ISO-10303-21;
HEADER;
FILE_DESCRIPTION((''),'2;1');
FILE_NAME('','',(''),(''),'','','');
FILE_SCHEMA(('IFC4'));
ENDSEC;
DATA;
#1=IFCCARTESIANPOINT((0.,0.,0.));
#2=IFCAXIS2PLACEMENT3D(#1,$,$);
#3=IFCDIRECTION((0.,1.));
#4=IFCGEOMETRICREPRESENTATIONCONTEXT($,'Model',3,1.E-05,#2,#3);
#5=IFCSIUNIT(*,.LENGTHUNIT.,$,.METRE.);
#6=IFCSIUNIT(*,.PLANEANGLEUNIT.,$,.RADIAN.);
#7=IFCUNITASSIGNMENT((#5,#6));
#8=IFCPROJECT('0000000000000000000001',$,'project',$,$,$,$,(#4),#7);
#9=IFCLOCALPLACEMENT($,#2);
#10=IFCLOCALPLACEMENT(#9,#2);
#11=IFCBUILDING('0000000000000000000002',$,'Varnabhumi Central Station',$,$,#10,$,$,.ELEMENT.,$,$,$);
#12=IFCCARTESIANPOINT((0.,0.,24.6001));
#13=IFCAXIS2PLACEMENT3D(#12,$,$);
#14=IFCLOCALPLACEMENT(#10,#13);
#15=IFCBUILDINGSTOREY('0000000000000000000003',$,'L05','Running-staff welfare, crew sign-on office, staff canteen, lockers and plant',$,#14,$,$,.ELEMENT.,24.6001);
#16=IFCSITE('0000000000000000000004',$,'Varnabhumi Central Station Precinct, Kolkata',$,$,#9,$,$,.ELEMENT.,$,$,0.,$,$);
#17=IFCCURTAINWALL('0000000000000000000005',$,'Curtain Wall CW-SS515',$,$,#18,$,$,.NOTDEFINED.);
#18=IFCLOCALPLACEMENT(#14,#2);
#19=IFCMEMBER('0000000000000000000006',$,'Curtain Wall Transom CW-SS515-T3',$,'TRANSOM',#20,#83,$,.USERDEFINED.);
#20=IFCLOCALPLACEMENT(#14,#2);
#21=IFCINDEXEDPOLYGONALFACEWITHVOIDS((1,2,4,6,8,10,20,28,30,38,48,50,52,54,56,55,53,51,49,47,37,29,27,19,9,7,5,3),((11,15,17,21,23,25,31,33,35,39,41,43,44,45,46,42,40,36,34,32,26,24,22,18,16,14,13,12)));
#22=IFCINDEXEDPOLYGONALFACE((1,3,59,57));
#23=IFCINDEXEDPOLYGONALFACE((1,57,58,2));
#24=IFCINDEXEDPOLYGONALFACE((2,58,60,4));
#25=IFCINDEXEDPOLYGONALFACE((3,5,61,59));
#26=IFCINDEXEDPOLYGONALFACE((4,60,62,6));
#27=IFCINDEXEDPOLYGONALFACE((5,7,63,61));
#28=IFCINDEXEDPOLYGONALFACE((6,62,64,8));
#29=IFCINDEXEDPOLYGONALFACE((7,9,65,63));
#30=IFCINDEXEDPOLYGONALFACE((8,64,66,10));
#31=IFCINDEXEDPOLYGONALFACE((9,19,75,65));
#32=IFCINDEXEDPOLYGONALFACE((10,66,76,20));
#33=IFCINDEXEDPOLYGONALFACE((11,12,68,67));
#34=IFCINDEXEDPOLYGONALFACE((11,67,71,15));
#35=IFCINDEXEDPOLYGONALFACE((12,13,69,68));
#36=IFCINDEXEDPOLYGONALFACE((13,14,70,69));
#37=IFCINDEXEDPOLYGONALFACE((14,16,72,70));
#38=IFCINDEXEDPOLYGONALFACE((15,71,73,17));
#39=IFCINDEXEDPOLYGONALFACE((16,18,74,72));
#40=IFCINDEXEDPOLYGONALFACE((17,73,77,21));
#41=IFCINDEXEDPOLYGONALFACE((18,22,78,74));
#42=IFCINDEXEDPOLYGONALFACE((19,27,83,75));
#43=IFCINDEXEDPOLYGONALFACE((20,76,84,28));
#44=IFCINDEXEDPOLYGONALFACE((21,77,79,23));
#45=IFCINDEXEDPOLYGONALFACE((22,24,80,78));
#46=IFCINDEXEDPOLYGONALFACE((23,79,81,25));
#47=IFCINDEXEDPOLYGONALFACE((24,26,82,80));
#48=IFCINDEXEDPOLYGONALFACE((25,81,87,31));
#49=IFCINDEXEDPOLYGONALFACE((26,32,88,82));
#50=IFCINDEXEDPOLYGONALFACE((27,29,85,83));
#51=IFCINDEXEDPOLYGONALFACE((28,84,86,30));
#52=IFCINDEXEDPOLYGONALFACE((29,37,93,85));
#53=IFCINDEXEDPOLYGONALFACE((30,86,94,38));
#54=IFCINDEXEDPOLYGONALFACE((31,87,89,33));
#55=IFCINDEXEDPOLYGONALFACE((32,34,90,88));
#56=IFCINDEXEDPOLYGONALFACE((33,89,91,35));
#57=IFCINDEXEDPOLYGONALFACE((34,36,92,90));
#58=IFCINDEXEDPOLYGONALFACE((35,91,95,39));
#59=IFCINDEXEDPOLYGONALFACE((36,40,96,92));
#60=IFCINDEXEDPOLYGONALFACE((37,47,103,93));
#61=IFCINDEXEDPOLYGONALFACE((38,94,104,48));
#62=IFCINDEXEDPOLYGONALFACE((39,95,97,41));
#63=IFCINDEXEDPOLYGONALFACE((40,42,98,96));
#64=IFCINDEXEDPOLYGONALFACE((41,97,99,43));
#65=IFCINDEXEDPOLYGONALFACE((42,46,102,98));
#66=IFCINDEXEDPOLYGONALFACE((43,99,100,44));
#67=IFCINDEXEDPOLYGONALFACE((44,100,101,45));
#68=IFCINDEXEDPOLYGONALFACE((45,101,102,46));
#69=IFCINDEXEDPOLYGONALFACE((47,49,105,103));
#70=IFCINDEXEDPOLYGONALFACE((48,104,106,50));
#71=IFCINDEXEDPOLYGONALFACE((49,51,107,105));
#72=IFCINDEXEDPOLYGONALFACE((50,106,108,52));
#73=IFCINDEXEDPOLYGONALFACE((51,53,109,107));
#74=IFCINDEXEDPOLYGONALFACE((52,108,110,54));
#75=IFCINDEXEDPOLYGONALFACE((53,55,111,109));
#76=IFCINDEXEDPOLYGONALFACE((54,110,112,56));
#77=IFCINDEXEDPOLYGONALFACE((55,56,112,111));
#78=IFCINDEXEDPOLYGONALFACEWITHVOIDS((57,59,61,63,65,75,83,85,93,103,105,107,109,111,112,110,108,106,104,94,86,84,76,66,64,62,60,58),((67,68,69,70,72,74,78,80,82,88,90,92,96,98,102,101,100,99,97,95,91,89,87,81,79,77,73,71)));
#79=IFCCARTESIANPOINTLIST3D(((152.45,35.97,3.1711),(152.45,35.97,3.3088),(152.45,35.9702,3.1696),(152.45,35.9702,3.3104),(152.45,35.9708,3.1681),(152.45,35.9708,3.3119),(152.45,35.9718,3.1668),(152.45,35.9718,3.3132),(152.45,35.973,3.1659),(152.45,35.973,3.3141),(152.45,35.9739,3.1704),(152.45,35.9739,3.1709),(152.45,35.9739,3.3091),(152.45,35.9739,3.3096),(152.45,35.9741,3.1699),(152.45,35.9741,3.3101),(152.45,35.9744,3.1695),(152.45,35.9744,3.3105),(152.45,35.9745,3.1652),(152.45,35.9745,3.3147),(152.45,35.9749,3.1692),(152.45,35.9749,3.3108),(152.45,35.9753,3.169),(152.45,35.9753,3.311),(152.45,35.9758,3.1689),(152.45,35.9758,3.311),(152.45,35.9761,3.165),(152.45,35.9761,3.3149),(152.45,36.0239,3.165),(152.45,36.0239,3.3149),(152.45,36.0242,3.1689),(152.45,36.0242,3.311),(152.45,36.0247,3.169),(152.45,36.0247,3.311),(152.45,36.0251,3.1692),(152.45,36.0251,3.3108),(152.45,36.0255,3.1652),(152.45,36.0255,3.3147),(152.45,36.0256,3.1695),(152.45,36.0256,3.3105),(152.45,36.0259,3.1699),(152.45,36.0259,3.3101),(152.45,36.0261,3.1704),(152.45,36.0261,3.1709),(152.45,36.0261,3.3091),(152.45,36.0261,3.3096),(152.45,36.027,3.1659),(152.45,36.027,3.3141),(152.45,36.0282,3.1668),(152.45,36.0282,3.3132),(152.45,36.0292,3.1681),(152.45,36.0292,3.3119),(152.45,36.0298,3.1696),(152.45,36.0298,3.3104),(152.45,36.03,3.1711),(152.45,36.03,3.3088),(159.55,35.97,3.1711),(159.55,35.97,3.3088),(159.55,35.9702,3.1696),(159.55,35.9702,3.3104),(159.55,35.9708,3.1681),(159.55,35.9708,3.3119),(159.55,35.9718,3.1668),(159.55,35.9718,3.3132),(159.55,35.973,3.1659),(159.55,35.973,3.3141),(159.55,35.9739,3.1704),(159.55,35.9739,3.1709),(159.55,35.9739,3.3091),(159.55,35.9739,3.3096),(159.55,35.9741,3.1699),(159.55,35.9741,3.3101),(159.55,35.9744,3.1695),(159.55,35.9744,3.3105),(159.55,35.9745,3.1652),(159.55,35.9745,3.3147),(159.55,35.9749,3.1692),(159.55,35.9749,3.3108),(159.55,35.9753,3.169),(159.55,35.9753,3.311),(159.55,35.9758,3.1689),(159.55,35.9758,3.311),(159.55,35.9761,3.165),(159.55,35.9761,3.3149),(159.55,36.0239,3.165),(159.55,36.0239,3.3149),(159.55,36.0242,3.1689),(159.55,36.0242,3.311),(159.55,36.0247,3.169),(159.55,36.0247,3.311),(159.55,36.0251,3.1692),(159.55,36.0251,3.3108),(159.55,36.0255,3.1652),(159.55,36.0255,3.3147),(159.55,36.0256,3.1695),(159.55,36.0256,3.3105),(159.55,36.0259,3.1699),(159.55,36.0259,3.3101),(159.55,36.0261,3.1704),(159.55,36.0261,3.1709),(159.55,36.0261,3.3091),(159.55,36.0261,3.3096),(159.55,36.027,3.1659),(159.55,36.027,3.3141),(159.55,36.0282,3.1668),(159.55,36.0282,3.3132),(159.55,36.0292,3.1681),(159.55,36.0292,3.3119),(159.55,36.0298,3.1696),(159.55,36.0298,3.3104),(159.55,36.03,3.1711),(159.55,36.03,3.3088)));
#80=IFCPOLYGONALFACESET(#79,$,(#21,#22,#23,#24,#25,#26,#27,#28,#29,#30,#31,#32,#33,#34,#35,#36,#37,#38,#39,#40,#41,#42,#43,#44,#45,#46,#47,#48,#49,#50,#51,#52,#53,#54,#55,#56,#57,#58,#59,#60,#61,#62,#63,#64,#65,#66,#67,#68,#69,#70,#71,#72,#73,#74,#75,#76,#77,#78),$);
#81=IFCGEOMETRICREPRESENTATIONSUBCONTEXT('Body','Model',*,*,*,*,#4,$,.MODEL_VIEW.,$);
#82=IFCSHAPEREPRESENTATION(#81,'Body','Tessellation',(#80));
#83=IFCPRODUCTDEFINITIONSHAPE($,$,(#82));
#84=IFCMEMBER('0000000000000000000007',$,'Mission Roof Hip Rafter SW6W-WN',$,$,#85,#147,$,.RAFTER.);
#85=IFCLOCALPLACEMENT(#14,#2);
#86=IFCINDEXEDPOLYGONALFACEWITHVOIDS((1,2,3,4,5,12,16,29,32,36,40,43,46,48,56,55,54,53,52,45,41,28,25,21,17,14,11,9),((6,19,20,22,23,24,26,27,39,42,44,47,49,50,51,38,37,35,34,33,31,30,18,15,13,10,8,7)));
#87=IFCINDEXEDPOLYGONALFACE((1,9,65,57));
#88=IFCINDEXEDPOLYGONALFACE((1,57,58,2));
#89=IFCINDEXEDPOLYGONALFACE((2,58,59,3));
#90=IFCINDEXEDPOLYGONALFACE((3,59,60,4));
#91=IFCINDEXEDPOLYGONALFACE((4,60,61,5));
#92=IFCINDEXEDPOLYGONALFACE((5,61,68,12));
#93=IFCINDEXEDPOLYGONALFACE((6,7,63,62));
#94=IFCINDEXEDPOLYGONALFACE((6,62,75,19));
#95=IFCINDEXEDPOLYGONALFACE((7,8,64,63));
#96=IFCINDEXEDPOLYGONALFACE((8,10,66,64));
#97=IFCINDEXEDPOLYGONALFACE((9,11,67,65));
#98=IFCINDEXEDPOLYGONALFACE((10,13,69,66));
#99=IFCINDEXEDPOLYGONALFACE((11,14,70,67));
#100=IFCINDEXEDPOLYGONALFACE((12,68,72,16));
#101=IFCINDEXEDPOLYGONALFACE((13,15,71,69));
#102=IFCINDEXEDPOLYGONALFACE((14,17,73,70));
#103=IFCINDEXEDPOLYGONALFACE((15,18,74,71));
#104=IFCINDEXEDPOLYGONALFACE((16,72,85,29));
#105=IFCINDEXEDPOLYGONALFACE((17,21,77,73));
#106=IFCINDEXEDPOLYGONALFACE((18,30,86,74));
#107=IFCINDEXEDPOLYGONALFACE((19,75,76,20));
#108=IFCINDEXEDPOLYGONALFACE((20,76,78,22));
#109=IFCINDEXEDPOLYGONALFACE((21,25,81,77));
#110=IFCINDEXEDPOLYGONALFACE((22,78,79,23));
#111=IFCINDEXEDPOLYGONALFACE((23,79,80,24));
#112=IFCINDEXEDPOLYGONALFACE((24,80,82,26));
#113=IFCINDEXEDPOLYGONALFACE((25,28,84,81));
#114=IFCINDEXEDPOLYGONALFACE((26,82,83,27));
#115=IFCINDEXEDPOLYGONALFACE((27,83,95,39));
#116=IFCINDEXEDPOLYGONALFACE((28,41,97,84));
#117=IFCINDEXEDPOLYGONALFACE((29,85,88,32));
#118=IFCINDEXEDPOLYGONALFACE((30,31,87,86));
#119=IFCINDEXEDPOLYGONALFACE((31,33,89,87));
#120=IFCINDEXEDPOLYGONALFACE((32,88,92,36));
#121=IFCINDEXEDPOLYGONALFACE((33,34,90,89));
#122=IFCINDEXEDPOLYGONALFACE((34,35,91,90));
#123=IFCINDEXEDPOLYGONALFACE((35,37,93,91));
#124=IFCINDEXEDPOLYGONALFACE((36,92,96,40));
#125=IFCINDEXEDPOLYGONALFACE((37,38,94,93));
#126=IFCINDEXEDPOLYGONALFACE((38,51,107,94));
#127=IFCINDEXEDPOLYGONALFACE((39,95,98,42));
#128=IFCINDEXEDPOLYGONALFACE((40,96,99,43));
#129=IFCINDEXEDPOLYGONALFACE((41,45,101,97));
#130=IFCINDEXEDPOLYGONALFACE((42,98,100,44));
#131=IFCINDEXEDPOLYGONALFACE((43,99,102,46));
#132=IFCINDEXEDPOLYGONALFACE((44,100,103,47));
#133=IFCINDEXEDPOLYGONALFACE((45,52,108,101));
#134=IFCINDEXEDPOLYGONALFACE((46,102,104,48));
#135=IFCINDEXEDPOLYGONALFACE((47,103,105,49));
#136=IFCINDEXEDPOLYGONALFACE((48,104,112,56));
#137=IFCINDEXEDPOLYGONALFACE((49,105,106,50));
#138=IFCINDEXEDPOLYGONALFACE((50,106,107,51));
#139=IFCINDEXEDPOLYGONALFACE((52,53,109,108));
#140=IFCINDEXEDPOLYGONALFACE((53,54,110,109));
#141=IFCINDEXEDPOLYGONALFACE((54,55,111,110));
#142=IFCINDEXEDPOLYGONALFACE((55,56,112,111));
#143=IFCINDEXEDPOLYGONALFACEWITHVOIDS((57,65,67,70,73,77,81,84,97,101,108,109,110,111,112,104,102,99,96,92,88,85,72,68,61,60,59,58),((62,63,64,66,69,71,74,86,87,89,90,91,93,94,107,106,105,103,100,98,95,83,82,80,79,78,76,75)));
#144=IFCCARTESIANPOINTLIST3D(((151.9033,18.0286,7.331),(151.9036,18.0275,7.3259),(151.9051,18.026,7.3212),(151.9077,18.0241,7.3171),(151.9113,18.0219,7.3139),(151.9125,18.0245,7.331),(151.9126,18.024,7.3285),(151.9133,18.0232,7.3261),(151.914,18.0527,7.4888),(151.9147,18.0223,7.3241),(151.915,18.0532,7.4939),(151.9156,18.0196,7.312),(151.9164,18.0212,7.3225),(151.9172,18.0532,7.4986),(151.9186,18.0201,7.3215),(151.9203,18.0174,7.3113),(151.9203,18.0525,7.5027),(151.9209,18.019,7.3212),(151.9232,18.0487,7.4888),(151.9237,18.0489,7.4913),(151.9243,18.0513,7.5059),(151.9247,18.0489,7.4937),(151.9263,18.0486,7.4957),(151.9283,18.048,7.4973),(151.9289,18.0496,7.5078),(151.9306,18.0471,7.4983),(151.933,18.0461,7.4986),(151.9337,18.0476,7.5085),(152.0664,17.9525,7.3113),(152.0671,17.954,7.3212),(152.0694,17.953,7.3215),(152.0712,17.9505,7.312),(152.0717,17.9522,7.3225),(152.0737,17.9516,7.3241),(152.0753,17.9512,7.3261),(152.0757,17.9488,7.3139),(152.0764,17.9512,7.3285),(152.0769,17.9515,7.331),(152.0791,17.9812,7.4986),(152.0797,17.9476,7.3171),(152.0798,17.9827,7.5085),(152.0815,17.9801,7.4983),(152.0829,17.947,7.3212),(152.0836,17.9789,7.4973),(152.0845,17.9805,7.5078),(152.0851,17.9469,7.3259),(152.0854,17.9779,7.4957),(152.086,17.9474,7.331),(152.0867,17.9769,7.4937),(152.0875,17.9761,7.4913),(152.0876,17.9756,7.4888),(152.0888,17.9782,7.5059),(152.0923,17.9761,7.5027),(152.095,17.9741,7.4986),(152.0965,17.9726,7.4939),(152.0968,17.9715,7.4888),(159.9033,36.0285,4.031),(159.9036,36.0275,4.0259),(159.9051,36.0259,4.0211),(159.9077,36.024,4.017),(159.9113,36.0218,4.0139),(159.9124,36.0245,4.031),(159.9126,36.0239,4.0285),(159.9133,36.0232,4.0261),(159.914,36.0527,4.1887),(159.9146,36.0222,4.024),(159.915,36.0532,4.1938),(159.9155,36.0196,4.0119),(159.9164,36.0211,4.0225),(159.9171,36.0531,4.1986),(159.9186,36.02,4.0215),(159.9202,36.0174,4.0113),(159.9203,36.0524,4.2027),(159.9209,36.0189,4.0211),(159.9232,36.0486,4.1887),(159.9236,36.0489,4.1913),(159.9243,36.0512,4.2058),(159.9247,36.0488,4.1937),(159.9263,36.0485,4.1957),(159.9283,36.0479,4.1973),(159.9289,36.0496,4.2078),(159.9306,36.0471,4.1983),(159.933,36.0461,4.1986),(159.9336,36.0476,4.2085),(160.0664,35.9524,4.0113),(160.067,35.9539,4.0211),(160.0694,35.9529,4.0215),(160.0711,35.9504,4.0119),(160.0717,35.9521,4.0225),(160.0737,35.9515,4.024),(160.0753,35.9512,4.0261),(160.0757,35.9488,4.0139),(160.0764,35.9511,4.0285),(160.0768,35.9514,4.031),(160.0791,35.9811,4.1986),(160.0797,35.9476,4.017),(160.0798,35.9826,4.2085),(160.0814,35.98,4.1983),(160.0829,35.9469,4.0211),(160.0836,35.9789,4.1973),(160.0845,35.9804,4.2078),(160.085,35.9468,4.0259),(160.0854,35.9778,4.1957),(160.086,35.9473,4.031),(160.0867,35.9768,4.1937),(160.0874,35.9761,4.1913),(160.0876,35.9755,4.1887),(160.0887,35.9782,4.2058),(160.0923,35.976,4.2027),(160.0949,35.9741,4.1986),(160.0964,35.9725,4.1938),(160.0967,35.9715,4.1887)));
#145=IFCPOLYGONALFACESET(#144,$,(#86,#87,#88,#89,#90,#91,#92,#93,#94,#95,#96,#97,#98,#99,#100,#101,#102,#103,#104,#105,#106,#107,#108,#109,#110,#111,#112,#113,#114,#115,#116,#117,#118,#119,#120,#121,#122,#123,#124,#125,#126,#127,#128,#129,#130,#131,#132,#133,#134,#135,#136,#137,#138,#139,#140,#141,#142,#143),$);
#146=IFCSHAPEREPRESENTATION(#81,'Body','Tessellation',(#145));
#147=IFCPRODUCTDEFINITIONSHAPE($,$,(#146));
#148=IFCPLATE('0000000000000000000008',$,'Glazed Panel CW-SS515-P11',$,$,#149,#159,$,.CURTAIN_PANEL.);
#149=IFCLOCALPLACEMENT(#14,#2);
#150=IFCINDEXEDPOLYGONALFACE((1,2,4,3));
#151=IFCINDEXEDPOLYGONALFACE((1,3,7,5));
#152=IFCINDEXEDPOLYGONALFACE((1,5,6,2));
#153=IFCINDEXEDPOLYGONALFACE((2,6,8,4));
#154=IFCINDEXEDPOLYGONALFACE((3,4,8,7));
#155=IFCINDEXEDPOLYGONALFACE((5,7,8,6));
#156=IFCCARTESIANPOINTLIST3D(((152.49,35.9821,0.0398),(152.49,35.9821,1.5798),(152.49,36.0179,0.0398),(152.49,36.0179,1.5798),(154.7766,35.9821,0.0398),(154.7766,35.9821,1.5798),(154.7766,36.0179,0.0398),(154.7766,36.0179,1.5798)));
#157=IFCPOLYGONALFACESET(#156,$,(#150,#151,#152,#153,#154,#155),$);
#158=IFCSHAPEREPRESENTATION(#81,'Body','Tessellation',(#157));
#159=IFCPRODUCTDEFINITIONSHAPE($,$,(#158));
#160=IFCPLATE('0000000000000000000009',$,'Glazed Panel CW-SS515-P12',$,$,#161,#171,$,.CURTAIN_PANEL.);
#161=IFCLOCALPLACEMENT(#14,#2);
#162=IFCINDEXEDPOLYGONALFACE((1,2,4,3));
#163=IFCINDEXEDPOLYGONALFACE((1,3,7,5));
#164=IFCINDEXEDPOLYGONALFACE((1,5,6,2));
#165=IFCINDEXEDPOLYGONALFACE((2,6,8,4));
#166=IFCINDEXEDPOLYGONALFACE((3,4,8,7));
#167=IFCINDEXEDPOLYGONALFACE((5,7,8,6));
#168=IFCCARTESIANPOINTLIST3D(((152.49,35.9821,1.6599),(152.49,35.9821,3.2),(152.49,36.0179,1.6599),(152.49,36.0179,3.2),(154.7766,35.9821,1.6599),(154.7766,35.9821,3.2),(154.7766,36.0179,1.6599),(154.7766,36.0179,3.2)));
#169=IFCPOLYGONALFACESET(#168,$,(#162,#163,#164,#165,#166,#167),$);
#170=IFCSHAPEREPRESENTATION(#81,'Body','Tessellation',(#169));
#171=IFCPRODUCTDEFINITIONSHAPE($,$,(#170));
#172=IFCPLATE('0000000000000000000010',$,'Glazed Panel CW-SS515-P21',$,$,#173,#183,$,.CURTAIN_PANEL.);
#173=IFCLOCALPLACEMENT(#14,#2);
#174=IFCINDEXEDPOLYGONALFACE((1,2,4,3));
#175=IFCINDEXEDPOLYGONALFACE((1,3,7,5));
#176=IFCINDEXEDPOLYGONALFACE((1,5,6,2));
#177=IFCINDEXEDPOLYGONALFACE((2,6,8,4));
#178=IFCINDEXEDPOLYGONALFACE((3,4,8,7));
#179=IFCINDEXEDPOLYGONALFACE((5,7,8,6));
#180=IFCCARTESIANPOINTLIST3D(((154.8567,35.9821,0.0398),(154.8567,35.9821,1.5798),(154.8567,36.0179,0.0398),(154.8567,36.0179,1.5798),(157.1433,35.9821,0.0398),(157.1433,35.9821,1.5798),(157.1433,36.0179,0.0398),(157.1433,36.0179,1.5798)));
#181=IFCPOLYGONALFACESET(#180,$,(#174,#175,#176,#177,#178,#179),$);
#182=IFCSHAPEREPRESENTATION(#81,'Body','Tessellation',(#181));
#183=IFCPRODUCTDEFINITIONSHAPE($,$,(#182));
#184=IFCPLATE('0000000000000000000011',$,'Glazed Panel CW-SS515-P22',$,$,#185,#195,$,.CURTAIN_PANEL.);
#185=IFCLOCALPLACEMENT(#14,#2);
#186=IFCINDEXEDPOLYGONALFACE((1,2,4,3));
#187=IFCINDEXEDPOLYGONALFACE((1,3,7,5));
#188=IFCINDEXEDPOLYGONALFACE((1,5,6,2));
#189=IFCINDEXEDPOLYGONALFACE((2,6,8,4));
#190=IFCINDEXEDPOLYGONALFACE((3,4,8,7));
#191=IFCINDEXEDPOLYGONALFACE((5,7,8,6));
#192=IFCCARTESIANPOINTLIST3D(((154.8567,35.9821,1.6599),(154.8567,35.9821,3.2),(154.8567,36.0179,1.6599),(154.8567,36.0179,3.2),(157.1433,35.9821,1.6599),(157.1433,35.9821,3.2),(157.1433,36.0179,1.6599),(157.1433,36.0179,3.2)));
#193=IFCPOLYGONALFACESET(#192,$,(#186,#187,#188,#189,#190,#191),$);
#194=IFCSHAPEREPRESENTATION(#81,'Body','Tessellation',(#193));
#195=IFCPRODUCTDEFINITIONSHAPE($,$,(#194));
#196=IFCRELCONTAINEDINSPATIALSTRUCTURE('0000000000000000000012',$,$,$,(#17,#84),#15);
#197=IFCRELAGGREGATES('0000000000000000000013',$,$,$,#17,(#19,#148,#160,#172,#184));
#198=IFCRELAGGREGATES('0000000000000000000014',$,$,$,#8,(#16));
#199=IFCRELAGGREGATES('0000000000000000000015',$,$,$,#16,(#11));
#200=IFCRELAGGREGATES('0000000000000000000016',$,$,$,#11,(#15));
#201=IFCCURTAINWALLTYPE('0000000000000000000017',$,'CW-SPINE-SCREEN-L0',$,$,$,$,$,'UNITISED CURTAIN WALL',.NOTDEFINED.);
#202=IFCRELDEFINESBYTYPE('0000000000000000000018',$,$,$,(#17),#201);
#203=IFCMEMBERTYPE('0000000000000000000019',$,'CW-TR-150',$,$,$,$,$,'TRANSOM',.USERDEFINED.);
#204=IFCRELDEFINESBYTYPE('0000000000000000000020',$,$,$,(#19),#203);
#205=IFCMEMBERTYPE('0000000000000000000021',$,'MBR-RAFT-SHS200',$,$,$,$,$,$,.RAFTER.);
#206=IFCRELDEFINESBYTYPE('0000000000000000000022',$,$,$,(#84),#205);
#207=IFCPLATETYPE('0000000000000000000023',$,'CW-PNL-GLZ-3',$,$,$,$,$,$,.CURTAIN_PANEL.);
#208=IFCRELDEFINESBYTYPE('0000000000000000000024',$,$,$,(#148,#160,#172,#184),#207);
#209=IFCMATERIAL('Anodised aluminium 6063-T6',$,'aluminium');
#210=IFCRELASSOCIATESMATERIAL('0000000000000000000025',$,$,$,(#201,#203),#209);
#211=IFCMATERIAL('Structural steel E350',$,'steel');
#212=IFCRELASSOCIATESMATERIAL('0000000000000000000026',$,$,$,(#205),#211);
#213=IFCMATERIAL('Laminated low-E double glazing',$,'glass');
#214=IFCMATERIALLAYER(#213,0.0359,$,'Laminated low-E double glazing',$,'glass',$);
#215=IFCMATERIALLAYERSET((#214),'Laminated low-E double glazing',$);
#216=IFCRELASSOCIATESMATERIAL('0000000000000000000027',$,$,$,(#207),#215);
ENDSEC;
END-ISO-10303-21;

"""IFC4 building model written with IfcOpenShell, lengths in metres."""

from ifc_helpers import new_model, si_unit, direction, frame, origin, origin_2d, place, context, subcontext, project, spatial, rectangle, hollow_rectangle, extrude, material, layer, layer_set, material_profile, profile_set, type_object, element, aggregate, save


model = new_model("IFC4")

# Units and contexts
model_context = context("Model", 3, precision=1e-05, world=origin(), true_north=direction((0.0, 1.0)))
body_context = subcontext(model_context, "Body", "Model", "MODEL_VIEW")
ifc_project = project(units=[si_unit("LENGTHUNIT", "METRE"), si_unit("PLANEANGLEUNIT", "RADIAN")], contexts=[model_context])

# Site, building, storey
site_placement = place(None, origin())
site = spatial("IfcSite", under=ifc_project, at=site_placement, Name="Varnabhumi Central Station Precinct, Kolkata", CompositionType="ELEMENT", RefElevation=0.0)
building_placement = place(site_placement, origin())
building = spatial("IfcBuilding", under=site, at=building_placement, Name="Varnabhumi Central Station", CompositionType="ELEMENT")
storey_placement = place(building_placement, frame((0.0, 0.0, 24.6001)))
storey = spatial("IfcBuildingStorey", under=building, at=storey_placement, Name="L05", Description="Running-staff welfare, crew sign-on office, staff canteen, lockers and plant", CompositionType="ELEMENT", Elevation=24.6001)

# Shared definitions
ifc_material_1 = material(Name="Structural steel E350", Category="steel")

# Curtain wall, member
ifc_material_2 = material(Name="Anodised aluminium 6063-T6", Category="aluminium")
curtain_wall_type = type_object("IfcCurtainWallType", Name="CW-SPINE-SCREEN-L0", ElementType="UNITISED CURTAIN WALL", PredefinedType="NOTDEFINED", material=ifc_material_2)
curtain_wall_placement = place(storey_placement, origin())
curtain_wall = element("IfcCurtainWall", 1, at=curtain_wall_placement, inside=storey, type_object=curtain_wall_type, Name="Curtain Wall CW-SS515", PredefinedType="NOTDEFINED")
ifc_material_profile_1 = material_profile(ifc_material_2, hollow_rectangle(XDim=0.0601, YDim=0.1499, WallThickness=0.0039, InnerFilletRadius=0.002, OuterFilletRadius=0.0061, at=origin_2d()), Name="Anodised aluminium 6063-T6", Category="aluminium")
ifc_profile_set_1 = profile_set([ifc_material_profile_1], Name="Anodised aluminium 6063-T6")
member_type_1 = type_object("IfcMemberType", Name="CW-TR-150", ElementType="TRANSOM", PredefinedType="USERDEFINED", material=ifc_profile_set_1)
member_1_placement = place(storey_placement, frame((152.45, 36.0, 3.24), z_axis=(1.0, 0.0, 0.0), x_axis=(0.0, 1.0, 0.0)))
member_1 = element("IfcMember", 2, at=member_1_placement, type_object=member_type_1, Name="Curtain Wall Transom CW-SS515-T3", ObjectType="TRANSOM", PredefinedType="USERDEFINED", context=body_context, shape_type="SweptSolid", body=[
    extrude(hollow_rectangle(XDim=0.0601, YDim=0.1499, WallThickness=0.0039, InnerFilletRadius=0.002, OuterFilletRadius=0.0061, at=origin_2d()), origin(), (0.0, 0.0, 1.0), 7.1001),
])

# Member
ifc_material_profile_2 = material_profile(ifc_material_1, hollow_rectangle(XDim=0.2, YDim=0.2, WallThickness=0.01, InnerFilletRadius=0.01, OuterFilletRadius=0.02, at=origin_2d()), Name="Structural steel E350", Category="steel")
ifc_profile_set_2 = profile_set([ifc_material_profile_2], Name="Structural steel E350")
member_type_2 = type_object("IfcMemberType", Name="MBR-RAFT-SHS200", PredefinedType="RAFTER", material=ifc_profile_set_2)
member_2_placement = place(storey_placement, frame((160.0, 36.0, 4.1099), z_axis=(-0.400556, -0.901251, 0.165232), x_axis=(0.913812, -0.406138, 0.0)))
element("IfcMember", 3, at=member_2_placement, inside=storey, type_object=member_type_2, Name="Mission Roof Hip Rafter SW6W-WN", PredefinedType="RAFTER", context=body_context, shape_type="SweptSolid", body=[
    extrude(hollow_rectangle(XDim=0.2, YDim=0.2, WallThickness=0.01, InnerFilletRadius=0.01, OuterFilletRadius=0.02, at=origin_2d()), origin(), (0.0, 0.0, 1.0), 19.9722),
])

# Plates
ifc_material_3 = material(Name="Laminated low-E double glazing", Category="glass")
ifc_layer_1 = layer(ifc_material_3, 0.0359, Name="Laminated low-E double glazing", Category="glass")
ifc_layer_set_1 = layer_set([ifc_layer_1], Name="Laminated low-E double glazing")
plate_type = type_object("IfcPlateType", Name="CW-PNL-GLZ-3", PredefinedType="CURTAIN_PANEL", material=ifc_layer_set_1)
plate_1_placement = place(storey_placement, frame((153.6333, 36.0, 0.0398), z_axis=(0.0, 0.0, 1.0), x_axis=(1.0, 0.0, 0.0)))
plate_1 = element("IfcPlate", 4, at=plate_1_placement, type_object=plate_type, Name="Glazed Panel CW-SS515-P11", PredefinedType="CURTAIN_PANEL", context=body_context, shape_type="SweptSolid", body=[
    extrude(rectangle(XDim=2.2866, YDim=0.0359, at=origin_2d()), origin(), (0.0, 0.0, 1.0), 1.54),
])
plate_2_placement = place(storey_placement, frame((153.6333, 36.0, 1.6599), z_axis=(0.0, 0.0, 1.0), x_axis=(1.0, 0.0, 0.0)))
plate_2 = element("IfcPlate", 5, at=plate_2_placement, type_object=plate_type, Name="Glazed Panel CW-SS515-P12", PredefinedType="CURTAIN_PANEL", context=body_context, shape_type="SweptSolid", body=[
    extrude(rectangle(XDim=2.2866, YDim=0.0359, at=origin_2d()), origin(), (0.0, 0.0, 1.0), 1.54),
])
plate_3_placement = place(storey_placement, frame((156.0, 36.0, 0.0398), z_axis=(0.0, 0.0, 1.0), x_axis=(1.0, 0.0, 0.0)))
plate_3 = element("IfcPlate", 6, at=plate_3_placement, type_object=plate_type, Name="Glazed Panel CW-SS515-P21", PredefinedType="CURTAIN_PANEL", context=body_context, shape_type="SweptSolid", body=[
    extrude(rectangle(XDim=2.2866, YDim=0.0359, at=origin_2d()), origin(), (0.0, 0.0, 1.0), 1.54),
])
plate_4_placement = place(storey_placement, frame((156.0, 36.0, 1.6599), z_axis=(0.0, 0.0, 1.0), x_axis=(1.0, 0.0, 0.0)))
plate_4 = element("IfcPlate", 7, at=plate_4_placement, type_object=plate_type, Name="Glazed Panel CW-SS515-P22", PredefinedType="CURTAIN_PANEL", context=body_context, shape_type="SweptSolid", body=[
    extrude(rectangle(XDim=2.2866, YDim=0.0359, at=origin_2d()), origin(), (0.0, 0.0, 1.0), 1.54),
])
aggregate(curtain_wall, [member_1, plate_1, plate_2, plate_3, plate_4])

save(model, "model.ifc")
